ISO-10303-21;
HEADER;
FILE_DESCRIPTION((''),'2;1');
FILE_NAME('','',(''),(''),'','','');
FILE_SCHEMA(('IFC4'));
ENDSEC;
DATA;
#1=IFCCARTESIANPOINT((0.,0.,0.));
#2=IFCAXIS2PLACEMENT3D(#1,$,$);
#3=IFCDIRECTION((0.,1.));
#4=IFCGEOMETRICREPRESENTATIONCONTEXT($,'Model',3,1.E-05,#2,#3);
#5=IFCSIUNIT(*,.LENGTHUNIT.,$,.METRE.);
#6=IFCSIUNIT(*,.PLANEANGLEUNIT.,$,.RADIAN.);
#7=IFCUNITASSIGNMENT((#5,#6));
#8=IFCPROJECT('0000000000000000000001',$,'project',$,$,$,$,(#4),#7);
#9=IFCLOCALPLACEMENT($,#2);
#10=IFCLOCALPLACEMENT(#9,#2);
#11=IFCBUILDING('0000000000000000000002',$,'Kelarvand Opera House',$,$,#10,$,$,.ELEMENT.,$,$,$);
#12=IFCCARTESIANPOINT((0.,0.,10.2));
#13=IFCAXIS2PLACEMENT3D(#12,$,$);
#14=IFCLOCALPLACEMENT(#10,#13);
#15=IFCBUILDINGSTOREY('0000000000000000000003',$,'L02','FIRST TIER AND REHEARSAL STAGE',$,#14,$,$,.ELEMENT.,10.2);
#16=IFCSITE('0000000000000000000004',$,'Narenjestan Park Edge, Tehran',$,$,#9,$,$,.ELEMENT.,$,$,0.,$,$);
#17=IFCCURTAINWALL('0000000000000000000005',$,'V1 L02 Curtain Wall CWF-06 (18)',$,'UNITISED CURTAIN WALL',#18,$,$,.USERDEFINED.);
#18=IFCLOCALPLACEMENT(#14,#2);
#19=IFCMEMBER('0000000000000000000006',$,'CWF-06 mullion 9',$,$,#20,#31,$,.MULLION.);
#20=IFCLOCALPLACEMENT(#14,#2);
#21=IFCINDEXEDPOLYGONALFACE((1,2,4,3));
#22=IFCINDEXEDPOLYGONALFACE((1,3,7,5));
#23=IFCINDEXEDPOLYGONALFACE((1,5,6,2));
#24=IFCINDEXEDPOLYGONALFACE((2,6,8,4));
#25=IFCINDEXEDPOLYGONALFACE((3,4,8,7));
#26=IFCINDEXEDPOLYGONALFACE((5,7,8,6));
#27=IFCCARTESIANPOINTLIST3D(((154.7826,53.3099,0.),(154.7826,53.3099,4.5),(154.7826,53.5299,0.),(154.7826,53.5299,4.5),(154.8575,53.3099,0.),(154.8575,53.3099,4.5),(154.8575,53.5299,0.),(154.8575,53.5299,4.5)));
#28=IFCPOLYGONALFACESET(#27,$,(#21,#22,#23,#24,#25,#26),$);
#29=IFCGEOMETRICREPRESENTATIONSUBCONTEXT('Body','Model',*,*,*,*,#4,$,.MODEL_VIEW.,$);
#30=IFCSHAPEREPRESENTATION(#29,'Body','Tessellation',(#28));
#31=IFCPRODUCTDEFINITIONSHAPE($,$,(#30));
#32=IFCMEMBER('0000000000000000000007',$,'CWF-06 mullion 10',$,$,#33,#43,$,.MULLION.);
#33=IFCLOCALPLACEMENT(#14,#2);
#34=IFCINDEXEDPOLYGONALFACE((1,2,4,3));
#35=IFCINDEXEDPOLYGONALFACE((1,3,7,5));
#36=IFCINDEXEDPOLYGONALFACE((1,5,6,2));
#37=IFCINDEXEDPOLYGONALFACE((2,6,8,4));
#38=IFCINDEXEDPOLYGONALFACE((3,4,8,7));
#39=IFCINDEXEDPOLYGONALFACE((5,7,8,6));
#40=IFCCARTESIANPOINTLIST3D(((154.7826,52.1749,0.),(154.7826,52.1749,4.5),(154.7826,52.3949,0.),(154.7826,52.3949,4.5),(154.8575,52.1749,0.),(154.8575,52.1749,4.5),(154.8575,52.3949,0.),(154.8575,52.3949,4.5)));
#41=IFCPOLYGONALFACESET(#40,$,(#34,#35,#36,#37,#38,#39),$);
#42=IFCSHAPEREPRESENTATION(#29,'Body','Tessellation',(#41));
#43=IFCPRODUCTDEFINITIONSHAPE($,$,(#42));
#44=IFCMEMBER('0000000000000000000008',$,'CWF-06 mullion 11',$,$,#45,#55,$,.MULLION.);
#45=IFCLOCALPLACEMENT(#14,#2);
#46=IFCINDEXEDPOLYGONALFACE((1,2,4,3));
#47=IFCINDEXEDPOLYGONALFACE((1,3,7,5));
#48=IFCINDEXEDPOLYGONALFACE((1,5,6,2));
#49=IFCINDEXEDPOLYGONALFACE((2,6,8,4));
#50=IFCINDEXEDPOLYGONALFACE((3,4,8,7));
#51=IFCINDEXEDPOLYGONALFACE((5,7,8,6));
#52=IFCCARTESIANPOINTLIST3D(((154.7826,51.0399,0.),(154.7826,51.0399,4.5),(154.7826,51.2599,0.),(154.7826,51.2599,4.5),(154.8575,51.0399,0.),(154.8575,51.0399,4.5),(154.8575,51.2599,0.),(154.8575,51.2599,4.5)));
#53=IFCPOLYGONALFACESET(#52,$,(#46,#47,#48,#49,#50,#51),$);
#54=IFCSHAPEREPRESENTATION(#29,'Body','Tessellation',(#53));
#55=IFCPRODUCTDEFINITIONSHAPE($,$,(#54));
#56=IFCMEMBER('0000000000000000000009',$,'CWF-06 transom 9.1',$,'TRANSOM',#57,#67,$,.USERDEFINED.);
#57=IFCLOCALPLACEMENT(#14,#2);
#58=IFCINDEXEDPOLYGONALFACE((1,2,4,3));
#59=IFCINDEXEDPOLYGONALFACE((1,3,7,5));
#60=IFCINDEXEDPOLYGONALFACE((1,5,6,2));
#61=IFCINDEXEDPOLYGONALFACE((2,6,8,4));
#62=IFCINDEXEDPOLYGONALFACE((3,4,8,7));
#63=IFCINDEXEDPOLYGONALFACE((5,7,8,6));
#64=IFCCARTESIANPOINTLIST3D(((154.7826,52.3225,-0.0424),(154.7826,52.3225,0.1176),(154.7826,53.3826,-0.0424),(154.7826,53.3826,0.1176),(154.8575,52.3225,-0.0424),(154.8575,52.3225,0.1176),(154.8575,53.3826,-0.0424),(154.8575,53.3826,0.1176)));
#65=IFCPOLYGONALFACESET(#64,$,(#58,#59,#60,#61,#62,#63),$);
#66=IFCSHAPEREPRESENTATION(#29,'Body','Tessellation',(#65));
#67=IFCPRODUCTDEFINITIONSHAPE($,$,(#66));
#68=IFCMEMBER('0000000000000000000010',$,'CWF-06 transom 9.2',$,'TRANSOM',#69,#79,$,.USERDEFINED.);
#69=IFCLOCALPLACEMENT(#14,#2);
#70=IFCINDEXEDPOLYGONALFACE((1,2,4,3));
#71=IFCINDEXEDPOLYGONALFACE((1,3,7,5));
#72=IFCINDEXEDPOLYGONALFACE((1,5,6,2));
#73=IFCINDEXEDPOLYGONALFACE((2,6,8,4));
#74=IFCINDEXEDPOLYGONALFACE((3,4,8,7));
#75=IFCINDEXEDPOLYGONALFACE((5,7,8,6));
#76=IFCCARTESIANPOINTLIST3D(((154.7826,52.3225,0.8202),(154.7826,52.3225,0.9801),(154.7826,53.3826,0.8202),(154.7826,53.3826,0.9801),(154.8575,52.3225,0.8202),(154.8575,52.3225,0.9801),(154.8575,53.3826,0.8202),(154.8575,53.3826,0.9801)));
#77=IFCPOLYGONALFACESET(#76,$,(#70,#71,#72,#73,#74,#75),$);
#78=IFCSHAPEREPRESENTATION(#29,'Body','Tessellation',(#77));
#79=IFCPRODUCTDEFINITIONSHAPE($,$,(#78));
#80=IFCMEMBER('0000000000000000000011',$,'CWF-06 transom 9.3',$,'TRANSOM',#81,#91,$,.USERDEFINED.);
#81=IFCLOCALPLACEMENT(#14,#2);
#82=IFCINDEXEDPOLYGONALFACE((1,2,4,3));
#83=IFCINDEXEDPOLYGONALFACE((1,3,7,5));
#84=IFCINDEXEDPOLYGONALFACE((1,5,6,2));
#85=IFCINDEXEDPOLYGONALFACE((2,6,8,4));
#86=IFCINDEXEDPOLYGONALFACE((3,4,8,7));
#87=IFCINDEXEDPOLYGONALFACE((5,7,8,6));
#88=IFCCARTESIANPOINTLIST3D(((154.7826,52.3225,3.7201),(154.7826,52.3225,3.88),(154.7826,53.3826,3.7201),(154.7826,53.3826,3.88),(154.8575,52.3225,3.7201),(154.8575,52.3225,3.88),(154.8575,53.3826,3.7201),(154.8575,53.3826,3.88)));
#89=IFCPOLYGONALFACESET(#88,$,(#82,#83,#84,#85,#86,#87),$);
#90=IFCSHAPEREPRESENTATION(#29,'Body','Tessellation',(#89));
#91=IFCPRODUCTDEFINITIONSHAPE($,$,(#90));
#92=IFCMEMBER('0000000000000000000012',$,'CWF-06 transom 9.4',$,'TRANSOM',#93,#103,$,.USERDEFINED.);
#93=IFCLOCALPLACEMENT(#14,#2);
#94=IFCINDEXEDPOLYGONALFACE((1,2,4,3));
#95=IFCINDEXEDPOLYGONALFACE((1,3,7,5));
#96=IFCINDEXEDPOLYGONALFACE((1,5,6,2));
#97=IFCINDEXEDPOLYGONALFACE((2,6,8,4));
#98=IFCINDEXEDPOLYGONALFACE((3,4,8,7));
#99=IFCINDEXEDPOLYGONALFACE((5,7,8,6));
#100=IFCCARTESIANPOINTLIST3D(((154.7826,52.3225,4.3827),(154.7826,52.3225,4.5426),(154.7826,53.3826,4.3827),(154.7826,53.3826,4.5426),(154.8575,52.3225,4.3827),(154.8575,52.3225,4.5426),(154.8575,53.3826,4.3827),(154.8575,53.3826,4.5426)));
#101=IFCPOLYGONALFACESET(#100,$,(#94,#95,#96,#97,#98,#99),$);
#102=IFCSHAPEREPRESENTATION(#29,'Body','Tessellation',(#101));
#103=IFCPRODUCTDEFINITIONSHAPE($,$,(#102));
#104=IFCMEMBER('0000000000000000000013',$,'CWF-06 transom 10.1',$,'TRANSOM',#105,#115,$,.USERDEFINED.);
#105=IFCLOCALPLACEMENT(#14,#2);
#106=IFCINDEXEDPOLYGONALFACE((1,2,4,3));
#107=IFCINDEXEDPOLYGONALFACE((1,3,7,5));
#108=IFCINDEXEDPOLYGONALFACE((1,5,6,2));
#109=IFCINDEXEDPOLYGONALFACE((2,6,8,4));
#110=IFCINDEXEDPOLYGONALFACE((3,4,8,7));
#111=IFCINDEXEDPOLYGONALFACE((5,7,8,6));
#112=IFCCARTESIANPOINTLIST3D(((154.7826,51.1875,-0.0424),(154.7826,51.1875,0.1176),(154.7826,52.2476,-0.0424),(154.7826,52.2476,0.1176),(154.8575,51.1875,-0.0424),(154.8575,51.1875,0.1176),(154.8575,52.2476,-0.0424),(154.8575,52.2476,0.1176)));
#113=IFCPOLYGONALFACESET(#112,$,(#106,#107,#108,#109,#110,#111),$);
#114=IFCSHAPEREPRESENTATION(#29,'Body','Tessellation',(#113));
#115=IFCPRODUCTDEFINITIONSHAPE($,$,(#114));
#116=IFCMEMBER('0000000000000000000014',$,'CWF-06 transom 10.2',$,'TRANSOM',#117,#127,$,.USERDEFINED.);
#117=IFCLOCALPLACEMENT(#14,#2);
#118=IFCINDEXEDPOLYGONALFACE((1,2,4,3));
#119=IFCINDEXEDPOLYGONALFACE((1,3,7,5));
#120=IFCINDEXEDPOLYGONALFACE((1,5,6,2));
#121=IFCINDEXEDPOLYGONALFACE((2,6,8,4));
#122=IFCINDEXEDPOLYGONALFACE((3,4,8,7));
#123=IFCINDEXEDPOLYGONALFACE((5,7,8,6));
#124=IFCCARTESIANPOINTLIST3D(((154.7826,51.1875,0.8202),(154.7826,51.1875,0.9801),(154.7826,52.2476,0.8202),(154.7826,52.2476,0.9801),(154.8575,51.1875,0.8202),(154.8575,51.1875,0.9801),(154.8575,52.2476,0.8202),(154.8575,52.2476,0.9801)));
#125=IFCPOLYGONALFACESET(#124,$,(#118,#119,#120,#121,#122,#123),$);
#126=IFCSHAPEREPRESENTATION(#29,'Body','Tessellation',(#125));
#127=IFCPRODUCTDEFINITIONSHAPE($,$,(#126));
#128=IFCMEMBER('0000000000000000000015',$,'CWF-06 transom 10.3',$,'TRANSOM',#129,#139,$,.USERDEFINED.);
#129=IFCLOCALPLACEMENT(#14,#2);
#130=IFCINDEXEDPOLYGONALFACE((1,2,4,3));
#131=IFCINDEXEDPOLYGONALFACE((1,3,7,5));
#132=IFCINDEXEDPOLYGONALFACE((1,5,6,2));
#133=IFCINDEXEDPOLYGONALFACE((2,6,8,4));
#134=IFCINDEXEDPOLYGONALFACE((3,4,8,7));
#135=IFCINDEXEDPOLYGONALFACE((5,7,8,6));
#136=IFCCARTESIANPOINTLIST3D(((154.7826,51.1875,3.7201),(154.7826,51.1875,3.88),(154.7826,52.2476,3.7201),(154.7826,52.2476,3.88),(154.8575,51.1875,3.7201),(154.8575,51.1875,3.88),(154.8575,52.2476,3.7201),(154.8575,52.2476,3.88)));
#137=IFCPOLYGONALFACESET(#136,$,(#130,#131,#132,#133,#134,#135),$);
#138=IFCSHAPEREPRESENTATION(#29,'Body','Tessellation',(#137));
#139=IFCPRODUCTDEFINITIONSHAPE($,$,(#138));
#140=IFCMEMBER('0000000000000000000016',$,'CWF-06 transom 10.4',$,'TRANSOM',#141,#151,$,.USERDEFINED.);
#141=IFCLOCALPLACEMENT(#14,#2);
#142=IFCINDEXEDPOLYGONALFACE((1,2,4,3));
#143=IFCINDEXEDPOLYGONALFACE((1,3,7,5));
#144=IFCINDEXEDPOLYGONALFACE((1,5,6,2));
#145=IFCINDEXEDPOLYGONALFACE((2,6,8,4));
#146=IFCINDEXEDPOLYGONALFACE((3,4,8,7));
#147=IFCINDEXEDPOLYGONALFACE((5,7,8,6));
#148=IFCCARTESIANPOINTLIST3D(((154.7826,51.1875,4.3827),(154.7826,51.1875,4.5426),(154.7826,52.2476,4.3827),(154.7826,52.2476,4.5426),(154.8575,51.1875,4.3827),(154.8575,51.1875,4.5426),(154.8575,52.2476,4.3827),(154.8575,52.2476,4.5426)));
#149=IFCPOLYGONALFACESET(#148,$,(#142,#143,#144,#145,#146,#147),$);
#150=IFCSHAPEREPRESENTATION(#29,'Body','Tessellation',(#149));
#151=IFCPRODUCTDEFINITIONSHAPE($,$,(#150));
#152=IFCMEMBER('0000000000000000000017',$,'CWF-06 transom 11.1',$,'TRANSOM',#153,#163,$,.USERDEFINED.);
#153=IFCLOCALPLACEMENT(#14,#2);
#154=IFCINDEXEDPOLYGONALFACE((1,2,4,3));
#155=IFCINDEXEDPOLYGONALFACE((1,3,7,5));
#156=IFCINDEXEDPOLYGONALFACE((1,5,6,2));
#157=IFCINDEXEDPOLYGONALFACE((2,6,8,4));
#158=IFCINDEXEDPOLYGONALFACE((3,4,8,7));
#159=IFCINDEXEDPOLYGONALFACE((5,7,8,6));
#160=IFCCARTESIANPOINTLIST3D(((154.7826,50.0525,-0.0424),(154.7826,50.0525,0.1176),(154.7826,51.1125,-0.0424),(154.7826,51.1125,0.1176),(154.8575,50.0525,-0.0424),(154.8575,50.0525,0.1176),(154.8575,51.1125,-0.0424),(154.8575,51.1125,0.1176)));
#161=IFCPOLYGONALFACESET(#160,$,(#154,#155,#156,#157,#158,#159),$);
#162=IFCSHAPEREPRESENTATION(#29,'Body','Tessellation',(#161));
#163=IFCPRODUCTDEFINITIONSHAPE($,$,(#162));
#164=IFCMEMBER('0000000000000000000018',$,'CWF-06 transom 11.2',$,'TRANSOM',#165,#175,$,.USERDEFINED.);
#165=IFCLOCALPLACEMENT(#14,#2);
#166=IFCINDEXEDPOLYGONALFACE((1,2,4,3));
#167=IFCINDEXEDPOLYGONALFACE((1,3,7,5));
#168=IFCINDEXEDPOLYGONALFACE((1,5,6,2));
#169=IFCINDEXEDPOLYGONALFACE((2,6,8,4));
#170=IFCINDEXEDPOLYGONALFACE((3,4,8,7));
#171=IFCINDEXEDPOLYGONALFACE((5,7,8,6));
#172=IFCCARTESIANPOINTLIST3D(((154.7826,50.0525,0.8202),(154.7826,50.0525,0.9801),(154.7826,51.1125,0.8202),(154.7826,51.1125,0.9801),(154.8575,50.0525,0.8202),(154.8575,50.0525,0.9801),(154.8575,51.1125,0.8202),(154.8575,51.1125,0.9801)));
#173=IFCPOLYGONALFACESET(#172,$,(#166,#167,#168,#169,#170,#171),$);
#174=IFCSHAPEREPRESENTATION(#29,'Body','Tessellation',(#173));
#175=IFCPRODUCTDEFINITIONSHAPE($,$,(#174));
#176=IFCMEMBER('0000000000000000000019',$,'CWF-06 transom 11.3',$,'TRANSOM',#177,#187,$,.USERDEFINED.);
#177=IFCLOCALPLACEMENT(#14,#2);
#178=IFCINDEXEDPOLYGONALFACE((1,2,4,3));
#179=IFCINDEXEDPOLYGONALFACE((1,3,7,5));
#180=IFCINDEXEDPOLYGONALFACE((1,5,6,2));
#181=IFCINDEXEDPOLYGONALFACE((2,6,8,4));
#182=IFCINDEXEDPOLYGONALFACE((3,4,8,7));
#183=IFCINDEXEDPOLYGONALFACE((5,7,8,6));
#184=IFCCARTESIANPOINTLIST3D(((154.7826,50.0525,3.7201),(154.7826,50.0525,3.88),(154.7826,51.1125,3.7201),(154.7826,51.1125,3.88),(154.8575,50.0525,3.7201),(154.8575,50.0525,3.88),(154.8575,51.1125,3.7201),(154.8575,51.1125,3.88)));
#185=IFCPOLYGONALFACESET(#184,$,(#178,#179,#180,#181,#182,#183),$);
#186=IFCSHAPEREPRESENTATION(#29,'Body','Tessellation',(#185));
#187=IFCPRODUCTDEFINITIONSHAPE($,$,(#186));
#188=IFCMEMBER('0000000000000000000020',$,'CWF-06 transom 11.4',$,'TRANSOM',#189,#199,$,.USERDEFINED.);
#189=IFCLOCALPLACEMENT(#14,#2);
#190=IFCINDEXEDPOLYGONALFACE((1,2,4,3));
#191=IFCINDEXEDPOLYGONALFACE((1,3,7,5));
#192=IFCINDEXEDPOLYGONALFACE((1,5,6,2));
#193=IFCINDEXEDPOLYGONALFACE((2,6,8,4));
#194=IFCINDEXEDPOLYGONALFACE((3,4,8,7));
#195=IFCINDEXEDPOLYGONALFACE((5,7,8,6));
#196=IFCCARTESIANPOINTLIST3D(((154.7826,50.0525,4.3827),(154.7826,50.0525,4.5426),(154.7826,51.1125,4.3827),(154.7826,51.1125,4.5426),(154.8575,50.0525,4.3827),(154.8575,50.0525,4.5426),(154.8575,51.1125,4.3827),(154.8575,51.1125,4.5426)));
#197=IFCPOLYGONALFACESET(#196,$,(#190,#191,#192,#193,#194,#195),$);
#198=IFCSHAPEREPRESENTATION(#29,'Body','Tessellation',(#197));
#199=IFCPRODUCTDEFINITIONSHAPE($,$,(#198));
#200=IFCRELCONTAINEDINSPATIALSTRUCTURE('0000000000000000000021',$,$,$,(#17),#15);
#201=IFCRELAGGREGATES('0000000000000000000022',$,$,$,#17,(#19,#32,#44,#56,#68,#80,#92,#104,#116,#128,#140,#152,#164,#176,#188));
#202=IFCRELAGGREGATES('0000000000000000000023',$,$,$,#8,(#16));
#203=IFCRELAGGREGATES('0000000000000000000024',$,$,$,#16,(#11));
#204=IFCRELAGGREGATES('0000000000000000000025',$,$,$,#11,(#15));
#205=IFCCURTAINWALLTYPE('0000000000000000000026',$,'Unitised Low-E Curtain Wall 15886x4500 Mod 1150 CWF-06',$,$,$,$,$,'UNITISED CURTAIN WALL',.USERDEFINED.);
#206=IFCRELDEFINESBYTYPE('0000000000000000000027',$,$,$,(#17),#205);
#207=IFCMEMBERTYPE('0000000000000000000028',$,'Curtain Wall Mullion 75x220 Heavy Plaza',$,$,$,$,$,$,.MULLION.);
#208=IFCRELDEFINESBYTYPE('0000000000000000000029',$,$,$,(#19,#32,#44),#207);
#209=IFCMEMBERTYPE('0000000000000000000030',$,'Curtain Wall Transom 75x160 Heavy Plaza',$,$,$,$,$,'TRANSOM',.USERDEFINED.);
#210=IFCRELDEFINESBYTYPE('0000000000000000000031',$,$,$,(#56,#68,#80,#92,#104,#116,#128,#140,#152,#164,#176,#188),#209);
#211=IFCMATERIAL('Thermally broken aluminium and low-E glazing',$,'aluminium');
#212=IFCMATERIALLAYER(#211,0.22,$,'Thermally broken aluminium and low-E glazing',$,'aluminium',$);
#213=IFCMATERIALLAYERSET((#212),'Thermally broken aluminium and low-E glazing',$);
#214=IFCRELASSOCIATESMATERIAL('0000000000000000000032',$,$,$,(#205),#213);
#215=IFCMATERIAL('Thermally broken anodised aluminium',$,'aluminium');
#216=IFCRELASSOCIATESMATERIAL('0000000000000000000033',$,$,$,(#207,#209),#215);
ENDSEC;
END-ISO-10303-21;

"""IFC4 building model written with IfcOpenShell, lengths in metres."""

from ifc_helpers import new_model, si_unit, direction, frame, origin, origin_2d, place, context, subcontext, project, spatial, rectangle, extrude, material, layer, layer_set, material_profile, profile_set, type_object, element, aggregate, save


model = new_model("IFC4")

# Units and contexts
model_context = context("Model", 3, precision=1e-05, world=origin(), true_north=direction((0.0, 1.0)))
body_context = subcontext(model_context, "Body", "Model", "MODEL_VIEW")
ifc_project = project(units=[si_unit("LENGTHUNIT", "METRE"), si_unit("PLANEANGLEUNIT", "RADIAN")], contexts=[model_context])

# Site, building, storey
site_placement = place(None, origin())
site = spatial("IfcSite", under=ifc_project, at=site_placement, Name="Narenjestan Park Edge, Tehran", CompositionType="ELEMENT", RefElevation=0.0)
building_placement = place(site_placement, origin())
building = spatial("IfcBuilding", under=site, at=building_placement, Name="Kelarvand Opera House", CompositionType="ELEMENT")
storey_placement = place(building_placement, frame((0.0, 0.0, 10.2)))
storey = spatial("IfcBuildingStorey", under=building, at=storey_placement, Name="L02", Description="FIRST TIER AND REHEARSAL STAGE", CompositionType="ELEMENT", Elevation=10.2)

# Curtain wall, members
ifc_material_1 = material(Name="Thermally broken aluminium and low-E glazing", Category="aluminium")
ifc_layer_1 = layer(ifc_material_1, 0.22, Name="Thermally broken aluminium and low-E glazing", Category="aluminium")
ifc_layer_set_1 = layer_set([ifc_layer_1], Name="Thermally broken aluminium and low-E glazing")
curtain_wall_type = type_object("IfcCurtainWallType", Name="Unitised Low-E Curtain Wall 15886x4500 Mod 1150 CWF-06", ElementType="UNITISED CURTAIN WALL", PredefinedType="USERDEFINED", material=ifc_layer_set_1)
curtain_wall_placement = place(storey_placement, origin())
curtain_wall = element("IfcCurtainWall", 1, at=curtain_wall_placement, inside=storey, type_object=curtain_wall_type, Name="V1 L02 Curtain Wall CWF-06 (18)", ObjectType="UNITISED CURTAIN WALL", PredefinedType="USERDEFINED")
ifc_material_2 = material(Name="Thermally broken anodised aluminium", Category="aluminium")
ifc_material_profile_1 = material_profile(ifc_material_2, rectangle(XDim=0.075, YDim=0.22, at=origin_2d()), Name="ALU MULLION 75x220", Category="aluminium")
ifc_profile_set_1 = profile_set([ifc_material_profile_1], Name="Thermally broken anodised aluminium")
member_type_1 = type_object("IfcMemberType", Name="Curtain Wall Mullion 75x220 Heavy Plaza", PredefinedType="MULLION", material=ifc_profile_set_1)
member_1_placement = place(storey_placement, frame((154.8201, 53.4199, 0.0), z_axis=(0.0, 0.0, 1.0), x_axis=(1.0, 0.0, 0.0)))
member_1 = element("IfcMember", 2, at=member_1_placement, type_object=member_type_1, Name="CWF-06 mullion 9", PredefinedType="MULLION", context=body_context, shape_type="SweptSolid", body=[
    extrude(rectangle(XDim=0.075, YDim=0.22, at=origin_2d()), origin(), (0.0, 0.0, 1.0), 4.5),
])
member_2_placement = place(storey_placement, frame((154.8201, 52.2849, 0.0), z_axis=(0.0, 0.0, 1.0), x_axis=(1.0, 0.0, 0.0)))
member_2 = element("IfcMember", 3, at=member_2_placement, type_object=member_type_1, Name="CWF-06 mullion 10", PredefinedType="MULLION", context=body_context, shape_type="SweptSolid", body=[
    extrude(rectangle(XDim=0.075, YDim=0.22, at=origin_2d()), origin(), (0.0, 0.0, 1.0), 4.5),
])
member_3_placement = place(storey_placement, frame((154.8201, 51.1499, 0.0), z_axis=(0.0, 0.0, 1.0), x_axis=(1.0, 0.0, 0.0)))
member_3 = element("IfcMember", 4, at=member_3_placement, type_object=member_type_1, Name="CWF-06 mullion 11", PredefinedType="MULLION", context=body_context, shape_type="SweptSolid", body=[
    extrude(rectangle(XDim=0.075, YDim=0.22, at=origin_2d()), origin(), (0.0, 0.0, 1.0), 4.5),
])
ifc_material_profile_2 = material_profile(ifc_material_2, rectangle(XDim=0.075, YDim=0.1599, at=origin_2d()), Name="ALU TRANSOM 75x160", Category="aluminium")
ifc_profile_set_2 = profile_set([ifc_material_profile_2], Name="Thermally broken anodised aluminium")
member_type_2 = type_object("IfcMemberType", Name="Curtain Wall Transom 75x160 Heavy Plaza", ElementType="TRANSOM", PredefinedType="USERDEFINED", material=ifc_profile_set_2)
member_4_placement = place(storey_placement, frame((154.8201, 53.3826, 0.0376), z_axis=(0.0, -1.0, 0.0), x_axis=(1.0, 0.0, 0.0)))
member_4 = element("IfcMember", 5, at=member_4_placement, type_object=member_type_2, Name="CWF-06 transom 9.1", ObjectType="TRANSOM", PredefinedType="USERDEFINED", context=body_context, shape_type="SweptSolid", body=[
    extrude(rectangle(XDim=0.075, YDim=0.1599, at=origin_2d()), origin(), (0.0, 0.0, 1.0), 1.0601),
])
member_5_placement = place(storey_placement, frame((154.8201, 53.3826, 0.9001), z_axis=(0.0, -1.0, 0.0), x_axis=(1.0, 0.0, 0.0)))
member_5 = element("IfcMember", 6, at=member_5_placement, type_object=member_type_2, Name="CWF-06 transom 9.2", ObjectType="TRANSOM", PredefinedType="USERDEFINED", context=body_context, shape_type="SweptSolid", body=[
    extrude(rectangle(XDim=0.075, YDim=0.1599, at=origin_2d()), origin(), (0.0, 0.0, 1.0), 1.0601),
])
member_6_placement = place(storey_placement, frame((154.8201, 53.3826, 3.8), z_axis=(0.0, -1.0, 0.0), x_axis=(1.0, 0.0, 0.0)))
member_6 = element("IfcMember", 7, at=member_6_placement, type_object=member_type_2, Name="CWF-06 transom 9.3", ObjectType="TRANSOM", PredefinedType="USERDEFINED", context=body_context, shape_type="SweptSolid", body=[
    extrude(rectangle(XDim=0.075, YDim=0.1599, at=origin_2d()), origin(), (0.0, 0.0, 1.0), 1.0601),
])
member_7_placement = place(storey_placement, frame((154.8201, 53.3826, 4.4626), z_axis=(0.0, -1.0, 0.0), x_axis=(1.0, 0.0, 0.0)))
member_7 = element("IfcMember", 8, at=member_7_placement, type_object=member_type_2, Name="CWF-06 transom 9.4", ObjectType="TRANSOM", PredefinedType="USERDEFINED", context=body_context, shape_type="SweptSolid", body=[
    extrude(rectangle(XDim=0.075, YDim=0.1599, at=origin_2d()), origin(), (0.0, 0.0, 1.0), 1.0601),
])
member_8_placement = place(storey_placement, frame((154.8201, 52.2476, 0.0376), z_axis=(0.0, -1.0, 0.0), x_axis=(1.0, 0.0, 0.0)))
member_8 = element("IfcMember", 9, at=member_8_placement, type_object=member_type_2, Name="CWF-06 transom 10.1", ObjectType="TRANSOM", PredefinedType="USERDEFINED", context=body_context, shape_type="SweptSolid", body=[
    extrude(rectangle(XDim=0.075, YDim=0.1599, at=origin_2d()), origin(), (0.0, 0.0, 1.0), 1.0601),
])
member_9_placement = place(storey_placement, frame((154.8201, 52.2476, 0.9001), z_axis=(0.0, -1.0, 0.0), x_axis=(1.0, 0.0, 0.0)))
member_9 = element("IfcMember", 10, at=member_9_placement, type_object=member_type_2, Name="CWF-06 transom 10.2", ObjectType="TRANSOM", PredefinedType="USERDEFINED", context=body_context, shape_type="SweptSolid", body=[
    extrude(rectangle(XDim=0.075, YDim=0.1599, at=origin_2d()), origin(), (0.0, 0.0, 1.0), 1.0601),
])
member_10_placement = place(storey_placement, frame((154.8201, 52.2476, 3.8), z_axis=(0.0, -1.0, 0.0), x_axis=(1.0, 0.0, 0.0)))
member_10 = element("IfcMember", 11, at=member_10_placement, type_object=member_type_2, Name="CWF-06 transom 10.3", ObjectType="TRANSOM", PredefinedType="USERDEFINED", context=body_context, shape_type="SweptSolid", body=[
    extrude(rectangle(XDim=0.075, YDim=0.1599, at=origin_2d()), origin(), (0.0, 0.0, 1.0), 1.0601),
])
member_11_placement = place(storey_placement, frame((154.8201, 52.2476, 4.4626), z_axis=(0.0, -1.0, 0.0), x_axis=(1.0, 0.0, 0.0)))
member_11 = element("IfcMember", 12, at=member_11_placement, type_object=member_type_2, Name="CWF-06 transom 10.4", ObjectType="TRANSOM", PredefinedType="USERDEFINED", context=body_context, shape_type="SweptSolid", body=[
    extrude(rectangle(XDim=0.075, YDim=0.1599, at=origin_2d()), origin(), (0.0, 0.0, 1.0), 1.0601),
])
member_12_placement = place(storey_placement, frame((154.8201, 51.1125, 0.0376), z_axis=(0.0, -1.0, 0.0), x_axis=(1.0, 0.0, 0.0)))
member_12 = element("IfcMember", 13, at=member_12_placement, type_object=member_type_2, Name="CWF-06 transom 11.1", ObjectType="TRANSOM", PredefinedType="USERDEFINED", context=body_context, shape_type="SweptSolid", body=[
    extrude(rectangle(XDim=0.075, YDim=0.1599, at=origin_2d()), origin(), (0.0, 0.0, 1.0), 1.0601),
])
member_13_placement = place(storey_placement, frame((154.8201, 51.1125, 0.9001), z_axis=(0.0, -1.0, 0.0), x_axis=(1.0, 0.0, 0.0)))
member_13 = element("IfcMember", 14, at=member_13_placement, type_object=member_type_2, Name="CWF-06 transom 11.2", ObjectType="TRANSOM", PredefinedType="USERDEFINED", context=body_context, shape_type="SweptSolid", body=[
    extrude(rectangle(XDim=0.075, YDim=0.1599, at=origin_2d()), origin(), (0.0, 0.0, 1.0), 1.0601),
])
member_14_placement = place(storey_placement, frame((154.8201, 51.1125, 3.8), z_axis=(0.0, -1.0, 0.0), x_axis=(1.0, 0.0, 0.0)))
member_14 = element("IfcMember", 15, at=member_14_placement, type_object=member_type_2, Name="CWF-06 transom 11.3", ObjectType="TRANSOM", PredefinedType="USERDEFINED", context=body_context, shape_type="SweptSolid", body=[
    extrude(rectangle(XDim=0.075, YDim=0.1599, at=origin_2d()), origin(), (0.0, 0.0, 1.0), 1.0601),
])
member_15_placement = place(storey_placement, frame((154.8201, 51.1125, 4.4626), z_axis=(0.0, -1.0, 0.0), x_axis=(1.0, 0.0, 0.0)))
member_15 = element("IfcMember", 16, at=member_15_placement, type_object=member_type_2, Name="CWF-06 transom 11.4", ObjectType="TRANSOM", PredefinedType="USERDEFINED", context=body_context, shape_type="SweptSolid", body=[
    extrude(rectangle(XDim=0.075, YDim=0.1599, at=origin_2d()), origin(), (0.0, 0.0, 1.0), 1.0601),
])
aggregate(curtain_wall, [member_1, member_2, member_3, member_4, member_5, member_6, member_7, member_8, member_9, member_10, member_11, member_12, member_13, member_14, member_15])

save(model, "model.ifc")
